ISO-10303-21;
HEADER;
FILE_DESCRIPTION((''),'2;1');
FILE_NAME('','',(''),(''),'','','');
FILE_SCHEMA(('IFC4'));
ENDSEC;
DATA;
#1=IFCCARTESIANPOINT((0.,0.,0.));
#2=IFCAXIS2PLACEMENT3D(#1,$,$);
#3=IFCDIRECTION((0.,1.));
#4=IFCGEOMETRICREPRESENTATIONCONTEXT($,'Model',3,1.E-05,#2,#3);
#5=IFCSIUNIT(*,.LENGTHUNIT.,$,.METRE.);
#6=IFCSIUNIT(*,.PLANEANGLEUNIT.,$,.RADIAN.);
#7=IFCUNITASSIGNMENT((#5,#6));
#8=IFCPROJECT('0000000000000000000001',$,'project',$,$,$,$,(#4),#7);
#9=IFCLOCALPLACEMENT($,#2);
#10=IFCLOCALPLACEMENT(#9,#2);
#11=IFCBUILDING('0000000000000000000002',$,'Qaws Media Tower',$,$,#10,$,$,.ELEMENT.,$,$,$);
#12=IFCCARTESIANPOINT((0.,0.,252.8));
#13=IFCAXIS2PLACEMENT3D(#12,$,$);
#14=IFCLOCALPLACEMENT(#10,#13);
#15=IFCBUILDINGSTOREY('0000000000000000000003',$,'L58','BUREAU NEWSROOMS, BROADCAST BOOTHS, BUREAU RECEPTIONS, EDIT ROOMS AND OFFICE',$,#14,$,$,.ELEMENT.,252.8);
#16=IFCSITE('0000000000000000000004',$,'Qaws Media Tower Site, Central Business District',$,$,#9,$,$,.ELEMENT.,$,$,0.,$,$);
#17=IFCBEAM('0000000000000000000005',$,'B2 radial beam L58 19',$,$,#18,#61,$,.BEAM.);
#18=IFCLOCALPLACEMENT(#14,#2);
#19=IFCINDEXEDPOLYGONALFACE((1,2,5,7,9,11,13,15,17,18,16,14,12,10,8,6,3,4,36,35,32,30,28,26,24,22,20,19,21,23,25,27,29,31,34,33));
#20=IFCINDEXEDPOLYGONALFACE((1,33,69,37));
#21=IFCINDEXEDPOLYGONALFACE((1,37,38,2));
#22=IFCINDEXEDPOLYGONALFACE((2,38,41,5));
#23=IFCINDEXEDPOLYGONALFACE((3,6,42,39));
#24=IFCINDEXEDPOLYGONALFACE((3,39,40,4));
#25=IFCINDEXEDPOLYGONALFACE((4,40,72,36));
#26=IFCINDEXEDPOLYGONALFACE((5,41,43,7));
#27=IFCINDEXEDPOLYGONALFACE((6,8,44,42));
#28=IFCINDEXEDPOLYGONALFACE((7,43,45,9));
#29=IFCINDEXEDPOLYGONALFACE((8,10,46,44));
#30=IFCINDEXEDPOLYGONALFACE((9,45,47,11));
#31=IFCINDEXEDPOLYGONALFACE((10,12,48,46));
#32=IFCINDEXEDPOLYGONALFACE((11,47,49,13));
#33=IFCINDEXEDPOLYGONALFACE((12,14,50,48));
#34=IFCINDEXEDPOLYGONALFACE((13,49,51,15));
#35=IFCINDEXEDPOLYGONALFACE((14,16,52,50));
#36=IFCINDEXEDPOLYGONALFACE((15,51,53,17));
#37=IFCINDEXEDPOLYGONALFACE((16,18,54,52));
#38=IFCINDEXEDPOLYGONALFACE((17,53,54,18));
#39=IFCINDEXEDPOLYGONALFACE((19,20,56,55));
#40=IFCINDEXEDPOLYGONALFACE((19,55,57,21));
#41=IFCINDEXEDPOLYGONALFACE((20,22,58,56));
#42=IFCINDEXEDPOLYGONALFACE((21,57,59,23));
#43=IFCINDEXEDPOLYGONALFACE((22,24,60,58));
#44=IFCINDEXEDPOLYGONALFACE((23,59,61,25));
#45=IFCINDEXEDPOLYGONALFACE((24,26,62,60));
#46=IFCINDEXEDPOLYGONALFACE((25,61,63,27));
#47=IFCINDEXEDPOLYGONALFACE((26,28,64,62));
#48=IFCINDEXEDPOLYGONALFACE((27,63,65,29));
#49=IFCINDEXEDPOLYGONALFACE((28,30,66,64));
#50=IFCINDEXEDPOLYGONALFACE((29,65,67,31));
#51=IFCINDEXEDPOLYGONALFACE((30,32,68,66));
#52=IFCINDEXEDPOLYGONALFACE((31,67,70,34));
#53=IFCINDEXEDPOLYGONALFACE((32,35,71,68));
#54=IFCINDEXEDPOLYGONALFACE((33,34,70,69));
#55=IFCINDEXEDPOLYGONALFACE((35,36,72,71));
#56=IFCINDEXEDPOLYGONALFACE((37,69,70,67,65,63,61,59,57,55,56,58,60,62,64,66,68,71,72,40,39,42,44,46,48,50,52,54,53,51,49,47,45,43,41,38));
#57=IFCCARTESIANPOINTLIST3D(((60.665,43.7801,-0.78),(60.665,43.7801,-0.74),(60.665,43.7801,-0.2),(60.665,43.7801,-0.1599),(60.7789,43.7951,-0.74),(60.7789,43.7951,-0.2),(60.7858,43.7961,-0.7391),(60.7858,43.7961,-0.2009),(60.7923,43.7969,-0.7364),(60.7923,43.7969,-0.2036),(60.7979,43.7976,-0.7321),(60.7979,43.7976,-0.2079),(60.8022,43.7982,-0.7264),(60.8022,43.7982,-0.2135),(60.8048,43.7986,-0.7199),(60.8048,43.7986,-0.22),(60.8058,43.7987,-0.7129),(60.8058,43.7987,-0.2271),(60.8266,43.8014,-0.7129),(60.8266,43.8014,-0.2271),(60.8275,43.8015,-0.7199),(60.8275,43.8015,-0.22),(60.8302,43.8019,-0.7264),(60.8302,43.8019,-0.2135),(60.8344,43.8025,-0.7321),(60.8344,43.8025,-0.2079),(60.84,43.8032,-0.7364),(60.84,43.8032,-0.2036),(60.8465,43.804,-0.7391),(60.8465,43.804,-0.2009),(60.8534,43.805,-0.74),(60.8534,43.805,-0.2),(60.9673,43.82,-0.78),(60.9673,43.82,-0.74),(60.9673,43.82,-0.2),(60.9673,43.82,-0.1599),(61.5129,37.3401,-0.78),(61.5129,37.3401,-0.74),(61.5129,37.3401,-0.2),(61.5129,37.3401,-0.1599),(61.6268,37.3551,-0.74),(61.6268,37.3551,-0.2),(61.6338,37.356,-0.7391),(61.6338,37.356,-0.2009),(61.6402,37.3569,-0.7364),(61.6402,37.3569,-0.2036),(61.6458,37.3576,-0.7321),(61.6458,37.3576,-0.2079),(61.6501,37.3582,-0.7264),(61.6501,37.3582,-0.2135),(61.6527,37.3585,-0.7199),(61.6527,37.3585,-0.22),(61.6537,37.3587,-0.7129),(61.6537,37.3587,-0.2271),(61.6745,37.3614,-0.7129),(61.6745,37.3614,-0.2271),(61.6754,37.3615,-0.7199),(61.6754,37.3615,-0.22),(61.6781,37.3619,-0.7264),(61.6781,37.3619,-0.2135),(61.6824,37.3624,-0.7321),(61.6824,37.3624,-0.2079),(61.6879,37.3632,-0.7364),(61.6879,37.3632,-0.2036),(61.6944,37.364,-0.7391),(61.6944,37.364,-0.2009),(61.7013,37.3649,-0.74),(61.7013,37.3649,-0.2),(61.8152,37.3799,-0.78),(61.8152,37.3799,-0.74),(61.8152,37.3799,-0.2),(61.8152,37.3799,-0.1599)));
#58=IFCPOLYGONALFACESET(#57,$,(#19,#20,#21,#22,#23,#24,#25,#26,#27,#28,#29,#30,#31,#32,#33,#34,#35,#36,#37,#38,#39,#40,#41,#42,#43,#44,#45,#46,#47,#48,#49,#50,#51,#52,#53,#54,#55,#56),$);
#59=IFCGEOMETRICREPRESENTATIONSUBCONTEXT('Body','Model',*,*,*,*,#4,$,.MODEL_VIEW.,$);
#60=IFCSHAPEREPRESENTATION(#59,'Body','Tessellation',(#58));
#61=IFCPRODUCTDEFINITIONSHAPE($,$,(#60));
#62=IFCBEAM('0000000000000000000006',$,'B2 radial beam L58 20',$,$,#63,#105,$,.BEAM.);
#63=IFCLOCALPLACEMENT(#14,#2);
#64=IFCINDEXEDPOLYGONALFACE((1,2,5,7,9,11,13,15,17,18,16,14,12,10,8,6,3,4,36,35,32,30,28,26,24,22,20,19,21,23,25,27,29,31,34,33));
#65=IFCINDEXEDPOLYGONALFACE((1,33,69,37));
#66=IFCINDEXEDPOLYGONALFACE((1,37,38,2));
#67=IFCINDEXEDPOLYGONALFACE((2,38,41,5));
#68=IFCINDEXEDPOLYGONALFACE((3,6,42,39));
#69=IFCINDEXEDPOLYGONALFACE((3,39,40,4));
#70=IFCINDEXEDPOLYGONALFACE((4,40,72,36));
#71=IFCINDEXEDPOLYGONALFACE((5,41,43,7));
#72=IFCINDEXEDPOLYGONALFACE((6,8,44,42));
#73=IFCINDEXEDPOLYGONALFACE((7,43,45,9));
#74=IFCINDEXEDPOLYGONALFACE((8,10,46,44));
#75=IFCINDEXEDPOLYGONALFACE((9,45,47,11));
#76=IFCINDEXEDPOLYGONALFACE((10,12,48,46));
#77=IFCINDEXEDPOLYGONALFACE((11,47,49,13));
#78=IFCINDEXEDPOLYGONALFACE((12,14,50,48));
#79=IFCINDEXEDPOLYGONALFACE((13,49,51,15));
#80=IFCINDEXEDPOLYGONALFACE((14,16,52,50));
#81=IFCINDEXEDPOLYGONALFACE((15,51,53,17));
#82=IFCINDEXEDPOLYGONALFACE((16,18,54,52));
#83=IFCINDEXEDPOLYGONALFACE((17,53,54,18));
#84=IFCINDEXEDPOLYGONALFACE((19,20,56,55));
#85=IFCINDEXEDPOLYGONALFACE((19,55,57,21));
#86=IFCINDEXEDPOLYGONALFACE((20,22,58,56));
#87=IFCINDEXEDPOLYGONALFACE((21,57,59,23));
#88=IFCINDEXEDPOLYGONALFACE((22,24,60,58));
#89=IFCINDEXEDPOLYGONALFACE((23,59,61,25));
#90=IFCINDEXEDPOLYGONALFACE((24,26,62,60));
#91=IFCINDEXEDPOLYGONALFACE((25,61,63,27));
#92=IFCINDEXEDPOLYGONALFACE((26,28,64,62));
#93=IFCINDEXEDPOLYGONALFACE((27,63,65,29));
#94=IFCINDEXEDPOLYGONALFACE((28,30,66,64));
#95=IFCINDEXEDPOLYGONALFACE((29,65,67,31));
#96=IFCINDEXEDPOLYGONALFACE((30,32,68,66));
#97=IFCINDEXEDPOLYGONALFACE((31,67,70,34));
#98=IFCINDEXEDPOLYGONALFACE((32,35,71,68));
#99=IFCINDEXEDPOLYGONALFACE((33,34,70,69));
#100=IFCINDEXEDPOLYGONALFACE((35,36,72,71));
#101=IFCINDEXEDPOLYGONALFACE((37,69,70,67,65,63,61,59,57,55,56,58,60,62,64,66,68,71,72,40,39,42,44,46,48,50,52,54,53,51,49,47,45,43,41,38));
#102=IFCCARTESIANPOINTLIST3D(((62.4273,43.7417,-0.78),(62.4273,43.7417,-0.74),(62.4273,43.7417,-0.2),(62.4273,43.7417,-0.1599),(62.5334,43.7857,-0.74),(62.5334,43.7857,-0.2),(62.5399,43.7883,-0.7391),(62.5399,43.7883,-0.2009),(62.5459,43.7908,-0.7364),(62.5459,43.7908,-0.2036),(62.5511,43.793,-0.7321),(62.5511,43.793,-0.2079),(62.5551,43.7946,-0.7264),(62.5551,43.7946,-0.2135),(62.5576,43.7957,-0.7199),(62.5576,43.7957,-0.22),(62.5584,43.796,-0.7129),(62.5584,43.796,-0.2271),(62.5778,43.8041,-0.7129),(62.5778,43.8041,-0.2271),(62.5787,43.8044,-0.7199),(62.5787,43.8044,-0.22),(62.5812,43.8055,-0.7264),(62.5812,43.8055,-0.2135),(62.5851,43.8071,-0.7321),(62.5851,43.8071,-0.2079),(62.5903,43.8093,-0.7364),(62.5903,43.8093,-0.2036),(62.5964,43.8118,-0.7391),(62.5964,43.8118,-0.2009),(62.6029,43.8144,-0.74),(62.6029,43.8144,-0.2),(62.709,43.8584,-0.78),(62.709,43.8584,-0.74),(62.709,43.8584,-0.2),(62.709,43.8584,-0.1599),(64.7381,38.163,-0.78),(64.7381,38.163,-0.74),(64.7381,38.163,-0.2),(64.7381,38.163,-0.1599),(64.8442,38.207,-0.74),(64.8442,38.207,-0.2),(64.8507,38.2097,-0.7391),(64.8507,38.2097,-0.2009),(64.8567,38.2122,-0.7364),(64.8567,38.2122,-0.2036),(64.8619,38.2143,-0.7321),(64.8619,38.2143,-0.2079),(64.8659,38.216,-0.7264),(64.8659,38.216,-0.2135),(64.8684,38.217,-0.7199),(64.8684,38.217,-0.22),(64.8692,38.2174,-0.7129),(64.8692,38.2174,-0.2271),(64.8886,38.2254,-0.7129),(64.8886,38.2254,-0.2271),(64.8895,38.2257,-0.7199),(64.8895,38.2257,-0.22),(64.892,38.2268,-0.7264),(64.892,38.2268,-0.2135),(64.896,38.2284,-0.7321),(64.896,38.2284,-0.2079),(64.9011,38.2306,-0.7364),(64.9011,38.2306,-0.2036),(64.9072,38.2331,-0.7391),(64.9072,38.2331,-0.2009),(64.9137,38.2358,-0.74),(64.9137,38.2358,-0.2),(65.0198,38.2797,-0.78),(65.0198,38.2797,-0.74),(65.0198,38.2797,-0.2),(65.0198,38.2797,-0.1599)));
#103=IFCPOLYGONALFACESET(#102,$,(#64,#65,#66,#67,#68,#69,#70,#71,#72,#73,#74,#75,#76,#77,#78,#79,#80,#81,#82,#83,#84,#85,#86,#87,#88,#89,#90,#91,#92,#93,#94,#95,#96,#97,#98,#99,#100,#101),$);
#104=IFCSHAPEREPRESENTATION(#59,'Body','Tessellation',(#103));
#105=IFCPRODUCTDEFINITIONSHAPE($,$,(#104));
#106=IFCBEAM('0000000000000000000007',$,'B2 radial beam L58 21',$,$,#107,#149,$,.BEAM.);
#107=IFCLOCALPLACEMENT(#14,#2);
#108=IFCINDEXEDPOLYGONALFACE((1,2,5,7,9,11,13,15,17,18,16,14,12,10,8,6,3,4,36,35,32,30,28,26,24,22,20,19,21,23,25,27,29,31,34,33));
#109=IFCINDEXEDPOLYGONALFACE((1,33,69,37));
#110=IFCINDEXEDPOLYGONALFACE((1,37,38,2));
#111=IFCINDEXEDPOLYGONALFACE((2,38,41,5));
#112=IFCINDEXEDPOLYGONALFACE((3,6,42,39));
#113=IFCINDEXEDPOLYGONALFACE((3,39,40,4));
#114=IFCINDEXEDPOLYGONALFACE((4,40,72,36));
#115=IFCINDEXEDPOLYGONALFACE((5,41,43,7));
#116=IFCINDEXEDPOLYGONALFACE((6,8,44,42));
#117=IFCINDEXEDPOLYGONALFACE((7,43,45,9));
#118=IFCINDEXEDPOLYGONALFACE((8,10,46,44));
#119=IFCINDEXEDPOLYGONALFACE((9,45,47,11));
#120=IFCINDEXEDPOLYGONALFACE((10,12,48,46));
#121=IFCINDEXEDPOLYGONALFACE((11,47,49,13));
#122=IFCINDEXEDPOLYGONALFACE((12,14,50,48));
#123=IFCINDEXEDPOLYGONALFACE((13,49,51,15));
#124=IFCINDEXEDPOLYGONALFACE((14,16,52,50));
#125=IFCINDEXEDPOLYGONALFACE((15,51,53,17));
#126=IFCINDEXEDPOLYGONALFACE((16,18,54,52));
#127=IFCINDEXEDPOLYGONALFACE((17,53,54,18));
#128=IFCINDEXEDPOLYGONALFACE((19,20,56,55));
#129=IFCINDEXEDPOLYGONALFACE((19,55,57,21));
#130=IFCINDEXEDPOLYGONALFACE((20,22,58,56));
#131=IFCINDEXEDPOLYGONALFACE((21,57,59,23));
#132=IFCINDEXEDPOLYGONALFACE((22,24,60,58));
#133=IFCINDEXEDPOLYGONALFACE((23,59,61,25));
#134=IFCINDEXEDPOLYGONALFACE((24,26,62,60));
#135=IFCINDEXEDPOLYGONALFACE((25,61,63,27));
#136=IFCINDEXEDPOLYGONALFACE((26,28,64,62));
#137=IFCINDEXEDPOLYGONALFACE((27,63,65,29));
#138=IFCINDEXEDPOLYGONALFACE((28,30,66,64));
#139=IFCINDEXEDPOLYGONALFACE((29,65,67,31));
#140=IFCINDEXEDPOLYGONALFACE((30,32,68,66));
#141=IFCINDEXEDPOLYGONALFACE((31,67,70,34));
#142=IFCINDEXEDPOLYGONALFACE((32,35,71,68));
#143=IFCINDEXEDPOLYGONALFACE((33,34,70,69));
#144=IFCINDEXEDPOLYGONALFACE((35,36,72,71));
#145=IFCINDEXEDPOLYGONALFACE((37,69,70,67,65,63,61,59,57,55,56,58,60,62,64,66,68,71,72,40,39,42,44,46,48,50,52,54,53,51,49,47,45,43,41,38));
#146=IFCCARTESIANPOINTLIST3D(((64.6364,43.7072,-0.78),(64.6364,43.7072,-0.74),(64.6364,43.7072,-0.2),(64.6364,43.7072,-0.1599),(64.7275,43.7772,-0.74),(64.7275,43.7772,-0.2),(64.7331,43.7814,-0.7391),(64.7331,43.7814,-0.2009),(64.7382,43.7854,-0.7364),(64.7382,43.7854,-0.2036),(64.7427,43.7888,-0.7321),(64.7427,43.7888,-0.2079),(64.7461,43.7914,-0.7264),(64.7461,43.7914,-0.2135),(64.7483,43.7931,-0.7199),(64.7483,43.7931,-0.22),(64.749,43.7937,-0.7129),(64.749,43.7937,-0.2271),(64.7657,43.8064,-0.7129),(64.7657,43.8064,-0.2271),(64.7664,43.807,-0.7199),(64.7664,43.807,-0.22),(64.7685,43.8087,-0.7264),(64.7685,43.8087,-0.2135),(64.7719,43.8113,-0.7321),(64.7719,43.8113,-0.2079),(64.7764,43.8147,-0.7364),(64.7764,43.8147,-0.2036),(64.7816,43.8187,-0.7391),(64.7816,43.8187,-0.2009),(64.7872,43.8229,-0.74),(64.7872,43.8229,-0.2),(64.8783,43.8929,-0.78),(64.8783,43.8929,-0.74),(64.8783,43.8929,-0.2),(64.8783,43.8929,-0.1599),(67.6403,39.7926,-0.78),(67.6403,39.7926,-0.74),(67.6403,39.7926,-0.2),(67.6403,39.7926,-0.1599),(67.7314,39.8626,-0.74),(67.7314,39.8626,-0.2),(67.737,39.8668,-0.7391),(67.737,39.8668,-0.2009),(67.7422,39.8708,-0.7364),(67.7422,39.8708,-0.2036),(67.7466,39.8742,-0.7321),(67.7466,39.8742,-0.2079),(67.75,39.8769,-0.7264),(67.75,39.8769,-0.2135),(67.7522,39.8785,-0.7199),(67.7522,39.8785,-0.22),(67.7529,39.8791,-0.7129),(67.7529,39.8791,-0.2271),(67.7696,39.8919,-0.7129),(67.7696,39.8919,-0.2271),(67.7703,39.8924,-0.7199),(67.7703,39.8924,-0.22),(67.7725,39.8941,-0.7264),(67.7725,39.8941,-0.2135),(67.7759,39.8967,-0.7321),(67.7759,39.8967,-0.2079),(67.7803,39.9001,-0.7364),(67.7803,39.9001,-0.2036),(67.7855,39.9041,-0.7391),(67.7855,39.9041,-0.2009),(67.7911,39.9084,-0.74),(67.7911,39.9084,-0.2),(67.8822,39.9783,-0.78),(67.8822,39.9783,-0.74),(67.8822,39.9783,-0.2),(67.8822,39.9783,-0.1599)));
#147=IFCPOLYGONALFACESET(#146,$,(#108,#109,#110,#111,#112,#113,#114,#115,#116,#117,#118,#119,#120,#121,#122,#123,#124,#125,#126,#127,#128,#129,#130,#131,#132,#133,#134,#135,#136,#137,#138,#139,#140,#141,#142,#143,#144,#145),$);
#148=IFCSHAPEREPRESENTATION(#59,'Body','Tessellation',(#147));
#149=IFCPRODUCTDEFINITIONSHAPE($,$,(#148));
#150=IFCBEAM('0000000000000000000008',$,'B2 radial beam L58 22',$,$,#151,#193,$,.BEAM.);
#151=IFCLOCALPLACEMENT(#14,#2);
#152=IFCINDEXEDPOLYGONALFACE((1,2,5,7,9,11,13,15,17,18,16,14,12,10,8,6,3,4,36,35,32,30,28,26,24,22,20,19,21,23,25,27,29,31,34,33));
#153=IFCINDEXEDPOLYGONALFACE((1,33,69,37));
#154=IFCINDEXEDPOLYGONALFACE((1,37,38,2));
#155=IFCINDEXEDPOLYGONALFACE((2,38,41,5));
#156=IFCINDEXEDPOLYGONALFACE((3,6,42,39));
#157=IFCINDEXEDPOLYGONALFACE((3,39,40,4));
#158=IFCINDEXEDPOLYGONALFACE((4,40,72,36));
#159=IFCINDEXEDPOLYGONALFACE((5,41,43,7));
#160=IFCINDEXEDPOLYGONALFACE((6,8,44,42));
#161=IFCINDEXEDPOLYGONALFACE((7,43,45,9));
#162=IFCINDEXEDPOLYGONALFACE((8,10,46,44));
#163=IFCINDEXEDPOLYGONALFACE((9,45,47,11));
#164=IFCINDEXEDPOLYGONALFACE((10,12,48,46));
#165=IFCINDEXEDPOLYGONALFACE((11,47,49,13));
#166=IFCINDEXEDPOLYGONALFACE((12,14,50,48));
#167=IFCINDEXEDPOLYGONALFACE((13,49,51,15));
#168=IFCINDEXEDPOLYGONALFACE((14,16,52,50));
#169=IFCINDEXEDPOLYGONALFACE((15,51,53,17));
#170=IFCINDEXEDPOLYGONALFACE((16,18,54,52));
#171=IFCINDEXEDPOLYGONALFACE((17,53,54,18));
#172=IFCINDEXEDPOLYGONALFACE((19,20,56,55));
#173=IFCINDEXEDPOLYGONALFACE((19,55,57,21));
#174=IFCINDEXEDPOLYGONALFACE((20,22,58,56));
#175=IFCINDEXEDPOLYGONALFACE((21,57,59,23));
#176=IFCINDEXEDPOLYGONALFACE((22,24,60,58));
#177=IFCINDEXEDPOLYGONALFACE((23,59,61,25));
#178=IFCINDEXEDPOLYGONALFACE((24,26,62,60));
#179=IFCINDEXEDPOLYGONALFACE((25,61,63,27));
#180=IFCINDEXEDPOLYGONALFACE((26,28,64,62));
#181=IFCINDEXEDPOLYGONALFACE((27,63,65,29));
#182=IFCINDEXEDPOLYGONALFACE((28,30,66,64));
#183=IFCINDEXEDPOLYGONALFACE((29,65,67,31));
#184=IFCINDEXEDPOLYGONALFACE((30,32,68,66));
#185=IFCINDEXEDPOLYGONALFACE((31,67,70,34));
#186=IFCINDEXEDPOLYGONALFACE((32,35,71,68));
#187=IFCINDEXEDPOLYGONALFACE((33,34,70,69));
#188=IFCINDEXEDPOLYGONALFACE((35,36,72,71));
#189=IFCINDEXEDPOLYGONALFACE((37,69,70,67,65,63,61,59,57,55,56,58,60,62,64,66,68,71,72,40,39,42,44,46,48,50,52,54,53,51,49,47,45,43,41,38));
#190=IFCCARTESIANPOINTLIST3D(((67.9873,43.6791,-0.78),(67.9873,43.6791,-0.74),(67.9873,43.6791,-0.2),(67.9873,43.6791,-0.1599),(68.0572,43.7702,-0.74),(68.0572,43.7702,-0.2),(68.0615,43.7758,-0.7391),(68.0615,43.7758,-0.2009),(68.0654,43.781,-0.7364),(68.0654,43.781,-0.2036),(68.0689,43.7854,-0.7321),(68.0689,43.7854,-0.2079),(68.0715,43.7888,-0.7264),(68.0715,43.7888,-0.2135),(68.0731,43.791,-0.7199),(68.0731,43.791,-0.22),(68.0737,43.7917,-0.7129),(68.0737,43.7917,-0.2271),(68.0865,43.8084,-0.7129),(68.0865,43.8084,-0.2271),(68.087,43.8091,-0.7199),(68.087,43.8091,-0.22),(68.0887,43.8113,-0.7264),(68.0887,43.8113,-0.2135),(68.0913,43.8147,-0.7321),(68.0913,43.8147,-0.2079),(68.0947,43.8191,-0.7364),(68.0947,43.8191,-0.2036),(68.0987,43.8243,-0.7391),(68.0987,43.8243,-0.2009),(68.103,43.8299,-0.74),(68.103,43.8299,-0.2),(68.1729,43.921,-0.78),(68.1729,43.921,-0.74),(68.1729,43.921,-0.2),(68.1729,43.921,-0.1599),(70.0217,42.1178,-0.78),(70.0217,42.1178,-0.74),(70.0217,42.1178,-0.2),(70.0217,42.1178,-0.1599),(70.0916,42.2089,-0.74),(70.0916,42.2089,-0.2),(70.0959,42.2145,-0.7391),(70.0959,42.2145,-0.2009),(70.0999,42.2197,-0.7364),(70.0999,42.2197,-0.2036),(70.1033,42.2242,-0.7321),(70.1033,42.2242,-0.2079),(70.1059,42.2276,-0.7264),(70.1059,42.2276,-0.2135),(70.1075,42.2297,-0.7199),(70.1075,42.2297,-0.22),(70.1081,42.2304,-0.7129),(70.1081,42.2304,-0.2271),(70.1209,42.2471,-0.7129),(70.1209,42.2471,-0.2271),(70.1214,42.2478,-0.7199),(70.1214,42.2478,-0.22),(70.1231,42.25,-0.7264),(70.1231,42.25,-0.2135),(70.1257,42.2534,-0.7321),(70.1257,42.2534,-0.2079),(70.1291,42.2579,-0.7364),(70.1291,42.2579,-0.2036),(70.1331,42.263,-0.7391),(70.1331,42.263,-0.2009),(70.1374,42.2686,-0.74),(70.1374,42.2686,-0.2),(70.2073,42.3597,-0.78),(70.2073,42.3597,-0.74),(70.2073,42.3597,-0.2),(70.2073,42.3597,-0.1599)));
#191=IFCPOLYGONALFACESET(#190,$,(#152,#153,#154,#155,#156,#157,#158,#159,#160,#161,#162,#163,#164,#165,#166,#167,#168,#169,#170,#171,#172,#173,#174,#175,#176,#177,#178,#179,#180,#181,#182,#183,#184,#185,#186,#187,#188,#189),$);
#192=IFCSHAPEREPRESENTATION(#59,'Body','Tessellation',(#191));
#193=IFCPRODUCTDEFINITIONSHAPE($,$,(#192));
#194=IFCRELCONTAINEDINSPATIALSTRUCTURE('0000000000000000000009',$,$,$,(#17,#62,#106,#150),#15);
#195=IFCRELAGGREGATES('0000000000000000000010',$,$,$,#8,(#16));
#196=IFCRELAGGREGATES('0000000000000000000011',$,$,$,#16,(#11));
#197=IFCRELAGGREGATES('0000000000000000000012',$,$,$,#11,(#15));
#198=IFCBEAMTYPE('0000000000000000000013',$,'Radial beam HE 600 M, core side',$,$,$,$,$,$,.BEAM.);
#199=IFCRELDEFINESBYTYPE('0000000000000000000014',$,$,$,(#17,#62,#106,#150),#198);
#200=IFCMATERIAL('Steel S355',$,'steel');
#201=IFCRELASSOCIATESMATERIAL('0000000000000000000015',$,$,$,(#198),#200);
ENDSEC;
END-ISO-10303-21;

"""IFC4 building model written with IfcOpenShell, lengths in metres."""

from ifc_helpers import new_model, si_unit, direction, frame, origin, origin_2d, place, context, subcontext, project, spatial, i_section, extrude, material, material_profile, profile_set, type_object, element, save


model = new_model("IFC4")

# Units and contexts
model_context = context("Model", 3, precision=1e-05, world=origin(), true_north=direction((0.0, 1.0)))
body_context = subcontext(model_context, "Body", "Model", "MODEL_VIEW")
ifc_project = project(units=[si_unit("LENGTHUNIT", "METRE"), si_unit("PLANEANGLEUNIT", "RADIAN")], contexts=[model_context])

# Site, building, storey
site_placement = place(None, origin())
site = spatial("IfcSite", under=ifc_project, at=site_placement, Name="Qaws Media Tower Site, Central Business District", CompositionType="ELEMENT", RefElevation=0.0)
building_placement = place(site_placement, origin())
building = spatial("IfcBuilding", under=site, at=building_placement, Name="Qaws Media Tower", CompositionType="ELEMENT")
storey_placement = place(building_placement, frame((0.0, 0.0, 252.8)))
storey = spatial("IfcBuildingStorey", under=building, at=storey_placement, Name="L58", Description="BUREAU NEWSROOMS, BROADCAST BOOTHS, BUREAU RECEPTIONS, EDIT ROOMS AND OFFICE", CompositionType="ELEMENT", Elevation=252.8)

# Beams
ifc_material_1 = material(Name="Steel S355", Category="steel")
ifc_material_profile_1 = material_profile(ifc_material_1, i_section(OverallWidth=0.3049, OverallDepth=0.6201, WebThickness=0.021, FlangeThickness=0.04, FilletRadius=0.0271, at=origin_2d()), Name="HE 600 M")
ifc_profile_set_1 = profile_set([ifc_material_profile_1], Name="Steel S355")
beam_type_1 = type_object("IfcBeamType", Name="Radial beam HE 600 M, core side", PredefinedType="BEAM", material=ifc_profile_set_1)
for number, where, z_axis, x_axis, name in (
    (1, (60.8162, 43.8, -0.47), (0.130536, -0.991444, 0.0), (0.991444, 0.130536, 0.0), "B2 radial beam L58 19"),
):
    element("IfcBeam", number, at=place(storey_placement, frame(where, z_axis=z_axis, x_axis=x_axis)), inside=storey, type_object=beam_type_1, Name=name, PredefinedType="BEAM", context=body_context, shape_type="SweptSolid", body=[
        extrude(i_section(OverallWidth=0.3049, OverallDepth=0.6201, WebThickness=0.021, FlangeThickness=0.04, FilletRadius=0.0271, at=origin_2d()), origin(), (0.0, 0.0, 1.0), 6.4956),
    ])
beam_1_placement = place(storey_placement, frame((62.5681, 43.8, -0.47), z_axis=(0.382691, -0.923876, 0.0), x_axis=(0.923876, 0.382691, 0.0)))
element("IfcBeam", 2, at=beam_1_placement, inside=storey, type_object=beam_type_1, Name="B2 radial beam L58 20", PredefinedType="BEAM", context=body_context, shape_type="SweptSolid", body=[
    extrude(i_section(OverallWidth=0.3049, OverallDepth=0.6201, WebThickness=0.021, FlangeThickness=0.04, FilletRadius=0.0271, at=origin_2d()), origin(), (0.0, 0.0, 1.0), 6.0383),
])
beam_2_placement = place(storey_placement, frame((64.7573, 43.8, -0.47), z_axis=(0.608783, -0.793337, 0.0), x_axis=(0.793337, 0.608783, 0.0)))
element("IfcBeam", 3, at=beam_2_placement, inside=storey, type_object=beam_type_1, Name="B2 radial beam L58 21", PredefinedType="BEAM", context=body_context, shape_type="SweptSolid", body=[
    extrude(i_section(OverallWidth=0.3049, OverallDepth=0.6201, WebThickness=0.021, FlangeThickness=0.04, FilletRadius=0.0271, at=origin_2d()), origin(), (0.0, 0.0, 1.0), 4.9343),
])
beam_3_placement = place(storey_placement, frame((68.0801, 43.8, -0.47), z_axis=(0.793314, -0.608813, 0.0), x_axis=(0.608813, 0.793314, 0.0)))
element("IfcBeam", 4, at=beam_3_placement, inside=storey, type_object=beam_type_1, Name="B2 radial beam L58 22", PredefinedType="BEAM", context=body_context, shape_type="SweptSolid", body=[
    extrude(i_section(OverallWidth=0.3049, OverallDepth=0.6201, WebThickness=0.021, FlangeThickness=0.04, FilletRadius=0.0271, at=origin_2d()), origin(), (0.0, 0.0, 1.0), 2.5645),
])

save(model, "model.ifc")
